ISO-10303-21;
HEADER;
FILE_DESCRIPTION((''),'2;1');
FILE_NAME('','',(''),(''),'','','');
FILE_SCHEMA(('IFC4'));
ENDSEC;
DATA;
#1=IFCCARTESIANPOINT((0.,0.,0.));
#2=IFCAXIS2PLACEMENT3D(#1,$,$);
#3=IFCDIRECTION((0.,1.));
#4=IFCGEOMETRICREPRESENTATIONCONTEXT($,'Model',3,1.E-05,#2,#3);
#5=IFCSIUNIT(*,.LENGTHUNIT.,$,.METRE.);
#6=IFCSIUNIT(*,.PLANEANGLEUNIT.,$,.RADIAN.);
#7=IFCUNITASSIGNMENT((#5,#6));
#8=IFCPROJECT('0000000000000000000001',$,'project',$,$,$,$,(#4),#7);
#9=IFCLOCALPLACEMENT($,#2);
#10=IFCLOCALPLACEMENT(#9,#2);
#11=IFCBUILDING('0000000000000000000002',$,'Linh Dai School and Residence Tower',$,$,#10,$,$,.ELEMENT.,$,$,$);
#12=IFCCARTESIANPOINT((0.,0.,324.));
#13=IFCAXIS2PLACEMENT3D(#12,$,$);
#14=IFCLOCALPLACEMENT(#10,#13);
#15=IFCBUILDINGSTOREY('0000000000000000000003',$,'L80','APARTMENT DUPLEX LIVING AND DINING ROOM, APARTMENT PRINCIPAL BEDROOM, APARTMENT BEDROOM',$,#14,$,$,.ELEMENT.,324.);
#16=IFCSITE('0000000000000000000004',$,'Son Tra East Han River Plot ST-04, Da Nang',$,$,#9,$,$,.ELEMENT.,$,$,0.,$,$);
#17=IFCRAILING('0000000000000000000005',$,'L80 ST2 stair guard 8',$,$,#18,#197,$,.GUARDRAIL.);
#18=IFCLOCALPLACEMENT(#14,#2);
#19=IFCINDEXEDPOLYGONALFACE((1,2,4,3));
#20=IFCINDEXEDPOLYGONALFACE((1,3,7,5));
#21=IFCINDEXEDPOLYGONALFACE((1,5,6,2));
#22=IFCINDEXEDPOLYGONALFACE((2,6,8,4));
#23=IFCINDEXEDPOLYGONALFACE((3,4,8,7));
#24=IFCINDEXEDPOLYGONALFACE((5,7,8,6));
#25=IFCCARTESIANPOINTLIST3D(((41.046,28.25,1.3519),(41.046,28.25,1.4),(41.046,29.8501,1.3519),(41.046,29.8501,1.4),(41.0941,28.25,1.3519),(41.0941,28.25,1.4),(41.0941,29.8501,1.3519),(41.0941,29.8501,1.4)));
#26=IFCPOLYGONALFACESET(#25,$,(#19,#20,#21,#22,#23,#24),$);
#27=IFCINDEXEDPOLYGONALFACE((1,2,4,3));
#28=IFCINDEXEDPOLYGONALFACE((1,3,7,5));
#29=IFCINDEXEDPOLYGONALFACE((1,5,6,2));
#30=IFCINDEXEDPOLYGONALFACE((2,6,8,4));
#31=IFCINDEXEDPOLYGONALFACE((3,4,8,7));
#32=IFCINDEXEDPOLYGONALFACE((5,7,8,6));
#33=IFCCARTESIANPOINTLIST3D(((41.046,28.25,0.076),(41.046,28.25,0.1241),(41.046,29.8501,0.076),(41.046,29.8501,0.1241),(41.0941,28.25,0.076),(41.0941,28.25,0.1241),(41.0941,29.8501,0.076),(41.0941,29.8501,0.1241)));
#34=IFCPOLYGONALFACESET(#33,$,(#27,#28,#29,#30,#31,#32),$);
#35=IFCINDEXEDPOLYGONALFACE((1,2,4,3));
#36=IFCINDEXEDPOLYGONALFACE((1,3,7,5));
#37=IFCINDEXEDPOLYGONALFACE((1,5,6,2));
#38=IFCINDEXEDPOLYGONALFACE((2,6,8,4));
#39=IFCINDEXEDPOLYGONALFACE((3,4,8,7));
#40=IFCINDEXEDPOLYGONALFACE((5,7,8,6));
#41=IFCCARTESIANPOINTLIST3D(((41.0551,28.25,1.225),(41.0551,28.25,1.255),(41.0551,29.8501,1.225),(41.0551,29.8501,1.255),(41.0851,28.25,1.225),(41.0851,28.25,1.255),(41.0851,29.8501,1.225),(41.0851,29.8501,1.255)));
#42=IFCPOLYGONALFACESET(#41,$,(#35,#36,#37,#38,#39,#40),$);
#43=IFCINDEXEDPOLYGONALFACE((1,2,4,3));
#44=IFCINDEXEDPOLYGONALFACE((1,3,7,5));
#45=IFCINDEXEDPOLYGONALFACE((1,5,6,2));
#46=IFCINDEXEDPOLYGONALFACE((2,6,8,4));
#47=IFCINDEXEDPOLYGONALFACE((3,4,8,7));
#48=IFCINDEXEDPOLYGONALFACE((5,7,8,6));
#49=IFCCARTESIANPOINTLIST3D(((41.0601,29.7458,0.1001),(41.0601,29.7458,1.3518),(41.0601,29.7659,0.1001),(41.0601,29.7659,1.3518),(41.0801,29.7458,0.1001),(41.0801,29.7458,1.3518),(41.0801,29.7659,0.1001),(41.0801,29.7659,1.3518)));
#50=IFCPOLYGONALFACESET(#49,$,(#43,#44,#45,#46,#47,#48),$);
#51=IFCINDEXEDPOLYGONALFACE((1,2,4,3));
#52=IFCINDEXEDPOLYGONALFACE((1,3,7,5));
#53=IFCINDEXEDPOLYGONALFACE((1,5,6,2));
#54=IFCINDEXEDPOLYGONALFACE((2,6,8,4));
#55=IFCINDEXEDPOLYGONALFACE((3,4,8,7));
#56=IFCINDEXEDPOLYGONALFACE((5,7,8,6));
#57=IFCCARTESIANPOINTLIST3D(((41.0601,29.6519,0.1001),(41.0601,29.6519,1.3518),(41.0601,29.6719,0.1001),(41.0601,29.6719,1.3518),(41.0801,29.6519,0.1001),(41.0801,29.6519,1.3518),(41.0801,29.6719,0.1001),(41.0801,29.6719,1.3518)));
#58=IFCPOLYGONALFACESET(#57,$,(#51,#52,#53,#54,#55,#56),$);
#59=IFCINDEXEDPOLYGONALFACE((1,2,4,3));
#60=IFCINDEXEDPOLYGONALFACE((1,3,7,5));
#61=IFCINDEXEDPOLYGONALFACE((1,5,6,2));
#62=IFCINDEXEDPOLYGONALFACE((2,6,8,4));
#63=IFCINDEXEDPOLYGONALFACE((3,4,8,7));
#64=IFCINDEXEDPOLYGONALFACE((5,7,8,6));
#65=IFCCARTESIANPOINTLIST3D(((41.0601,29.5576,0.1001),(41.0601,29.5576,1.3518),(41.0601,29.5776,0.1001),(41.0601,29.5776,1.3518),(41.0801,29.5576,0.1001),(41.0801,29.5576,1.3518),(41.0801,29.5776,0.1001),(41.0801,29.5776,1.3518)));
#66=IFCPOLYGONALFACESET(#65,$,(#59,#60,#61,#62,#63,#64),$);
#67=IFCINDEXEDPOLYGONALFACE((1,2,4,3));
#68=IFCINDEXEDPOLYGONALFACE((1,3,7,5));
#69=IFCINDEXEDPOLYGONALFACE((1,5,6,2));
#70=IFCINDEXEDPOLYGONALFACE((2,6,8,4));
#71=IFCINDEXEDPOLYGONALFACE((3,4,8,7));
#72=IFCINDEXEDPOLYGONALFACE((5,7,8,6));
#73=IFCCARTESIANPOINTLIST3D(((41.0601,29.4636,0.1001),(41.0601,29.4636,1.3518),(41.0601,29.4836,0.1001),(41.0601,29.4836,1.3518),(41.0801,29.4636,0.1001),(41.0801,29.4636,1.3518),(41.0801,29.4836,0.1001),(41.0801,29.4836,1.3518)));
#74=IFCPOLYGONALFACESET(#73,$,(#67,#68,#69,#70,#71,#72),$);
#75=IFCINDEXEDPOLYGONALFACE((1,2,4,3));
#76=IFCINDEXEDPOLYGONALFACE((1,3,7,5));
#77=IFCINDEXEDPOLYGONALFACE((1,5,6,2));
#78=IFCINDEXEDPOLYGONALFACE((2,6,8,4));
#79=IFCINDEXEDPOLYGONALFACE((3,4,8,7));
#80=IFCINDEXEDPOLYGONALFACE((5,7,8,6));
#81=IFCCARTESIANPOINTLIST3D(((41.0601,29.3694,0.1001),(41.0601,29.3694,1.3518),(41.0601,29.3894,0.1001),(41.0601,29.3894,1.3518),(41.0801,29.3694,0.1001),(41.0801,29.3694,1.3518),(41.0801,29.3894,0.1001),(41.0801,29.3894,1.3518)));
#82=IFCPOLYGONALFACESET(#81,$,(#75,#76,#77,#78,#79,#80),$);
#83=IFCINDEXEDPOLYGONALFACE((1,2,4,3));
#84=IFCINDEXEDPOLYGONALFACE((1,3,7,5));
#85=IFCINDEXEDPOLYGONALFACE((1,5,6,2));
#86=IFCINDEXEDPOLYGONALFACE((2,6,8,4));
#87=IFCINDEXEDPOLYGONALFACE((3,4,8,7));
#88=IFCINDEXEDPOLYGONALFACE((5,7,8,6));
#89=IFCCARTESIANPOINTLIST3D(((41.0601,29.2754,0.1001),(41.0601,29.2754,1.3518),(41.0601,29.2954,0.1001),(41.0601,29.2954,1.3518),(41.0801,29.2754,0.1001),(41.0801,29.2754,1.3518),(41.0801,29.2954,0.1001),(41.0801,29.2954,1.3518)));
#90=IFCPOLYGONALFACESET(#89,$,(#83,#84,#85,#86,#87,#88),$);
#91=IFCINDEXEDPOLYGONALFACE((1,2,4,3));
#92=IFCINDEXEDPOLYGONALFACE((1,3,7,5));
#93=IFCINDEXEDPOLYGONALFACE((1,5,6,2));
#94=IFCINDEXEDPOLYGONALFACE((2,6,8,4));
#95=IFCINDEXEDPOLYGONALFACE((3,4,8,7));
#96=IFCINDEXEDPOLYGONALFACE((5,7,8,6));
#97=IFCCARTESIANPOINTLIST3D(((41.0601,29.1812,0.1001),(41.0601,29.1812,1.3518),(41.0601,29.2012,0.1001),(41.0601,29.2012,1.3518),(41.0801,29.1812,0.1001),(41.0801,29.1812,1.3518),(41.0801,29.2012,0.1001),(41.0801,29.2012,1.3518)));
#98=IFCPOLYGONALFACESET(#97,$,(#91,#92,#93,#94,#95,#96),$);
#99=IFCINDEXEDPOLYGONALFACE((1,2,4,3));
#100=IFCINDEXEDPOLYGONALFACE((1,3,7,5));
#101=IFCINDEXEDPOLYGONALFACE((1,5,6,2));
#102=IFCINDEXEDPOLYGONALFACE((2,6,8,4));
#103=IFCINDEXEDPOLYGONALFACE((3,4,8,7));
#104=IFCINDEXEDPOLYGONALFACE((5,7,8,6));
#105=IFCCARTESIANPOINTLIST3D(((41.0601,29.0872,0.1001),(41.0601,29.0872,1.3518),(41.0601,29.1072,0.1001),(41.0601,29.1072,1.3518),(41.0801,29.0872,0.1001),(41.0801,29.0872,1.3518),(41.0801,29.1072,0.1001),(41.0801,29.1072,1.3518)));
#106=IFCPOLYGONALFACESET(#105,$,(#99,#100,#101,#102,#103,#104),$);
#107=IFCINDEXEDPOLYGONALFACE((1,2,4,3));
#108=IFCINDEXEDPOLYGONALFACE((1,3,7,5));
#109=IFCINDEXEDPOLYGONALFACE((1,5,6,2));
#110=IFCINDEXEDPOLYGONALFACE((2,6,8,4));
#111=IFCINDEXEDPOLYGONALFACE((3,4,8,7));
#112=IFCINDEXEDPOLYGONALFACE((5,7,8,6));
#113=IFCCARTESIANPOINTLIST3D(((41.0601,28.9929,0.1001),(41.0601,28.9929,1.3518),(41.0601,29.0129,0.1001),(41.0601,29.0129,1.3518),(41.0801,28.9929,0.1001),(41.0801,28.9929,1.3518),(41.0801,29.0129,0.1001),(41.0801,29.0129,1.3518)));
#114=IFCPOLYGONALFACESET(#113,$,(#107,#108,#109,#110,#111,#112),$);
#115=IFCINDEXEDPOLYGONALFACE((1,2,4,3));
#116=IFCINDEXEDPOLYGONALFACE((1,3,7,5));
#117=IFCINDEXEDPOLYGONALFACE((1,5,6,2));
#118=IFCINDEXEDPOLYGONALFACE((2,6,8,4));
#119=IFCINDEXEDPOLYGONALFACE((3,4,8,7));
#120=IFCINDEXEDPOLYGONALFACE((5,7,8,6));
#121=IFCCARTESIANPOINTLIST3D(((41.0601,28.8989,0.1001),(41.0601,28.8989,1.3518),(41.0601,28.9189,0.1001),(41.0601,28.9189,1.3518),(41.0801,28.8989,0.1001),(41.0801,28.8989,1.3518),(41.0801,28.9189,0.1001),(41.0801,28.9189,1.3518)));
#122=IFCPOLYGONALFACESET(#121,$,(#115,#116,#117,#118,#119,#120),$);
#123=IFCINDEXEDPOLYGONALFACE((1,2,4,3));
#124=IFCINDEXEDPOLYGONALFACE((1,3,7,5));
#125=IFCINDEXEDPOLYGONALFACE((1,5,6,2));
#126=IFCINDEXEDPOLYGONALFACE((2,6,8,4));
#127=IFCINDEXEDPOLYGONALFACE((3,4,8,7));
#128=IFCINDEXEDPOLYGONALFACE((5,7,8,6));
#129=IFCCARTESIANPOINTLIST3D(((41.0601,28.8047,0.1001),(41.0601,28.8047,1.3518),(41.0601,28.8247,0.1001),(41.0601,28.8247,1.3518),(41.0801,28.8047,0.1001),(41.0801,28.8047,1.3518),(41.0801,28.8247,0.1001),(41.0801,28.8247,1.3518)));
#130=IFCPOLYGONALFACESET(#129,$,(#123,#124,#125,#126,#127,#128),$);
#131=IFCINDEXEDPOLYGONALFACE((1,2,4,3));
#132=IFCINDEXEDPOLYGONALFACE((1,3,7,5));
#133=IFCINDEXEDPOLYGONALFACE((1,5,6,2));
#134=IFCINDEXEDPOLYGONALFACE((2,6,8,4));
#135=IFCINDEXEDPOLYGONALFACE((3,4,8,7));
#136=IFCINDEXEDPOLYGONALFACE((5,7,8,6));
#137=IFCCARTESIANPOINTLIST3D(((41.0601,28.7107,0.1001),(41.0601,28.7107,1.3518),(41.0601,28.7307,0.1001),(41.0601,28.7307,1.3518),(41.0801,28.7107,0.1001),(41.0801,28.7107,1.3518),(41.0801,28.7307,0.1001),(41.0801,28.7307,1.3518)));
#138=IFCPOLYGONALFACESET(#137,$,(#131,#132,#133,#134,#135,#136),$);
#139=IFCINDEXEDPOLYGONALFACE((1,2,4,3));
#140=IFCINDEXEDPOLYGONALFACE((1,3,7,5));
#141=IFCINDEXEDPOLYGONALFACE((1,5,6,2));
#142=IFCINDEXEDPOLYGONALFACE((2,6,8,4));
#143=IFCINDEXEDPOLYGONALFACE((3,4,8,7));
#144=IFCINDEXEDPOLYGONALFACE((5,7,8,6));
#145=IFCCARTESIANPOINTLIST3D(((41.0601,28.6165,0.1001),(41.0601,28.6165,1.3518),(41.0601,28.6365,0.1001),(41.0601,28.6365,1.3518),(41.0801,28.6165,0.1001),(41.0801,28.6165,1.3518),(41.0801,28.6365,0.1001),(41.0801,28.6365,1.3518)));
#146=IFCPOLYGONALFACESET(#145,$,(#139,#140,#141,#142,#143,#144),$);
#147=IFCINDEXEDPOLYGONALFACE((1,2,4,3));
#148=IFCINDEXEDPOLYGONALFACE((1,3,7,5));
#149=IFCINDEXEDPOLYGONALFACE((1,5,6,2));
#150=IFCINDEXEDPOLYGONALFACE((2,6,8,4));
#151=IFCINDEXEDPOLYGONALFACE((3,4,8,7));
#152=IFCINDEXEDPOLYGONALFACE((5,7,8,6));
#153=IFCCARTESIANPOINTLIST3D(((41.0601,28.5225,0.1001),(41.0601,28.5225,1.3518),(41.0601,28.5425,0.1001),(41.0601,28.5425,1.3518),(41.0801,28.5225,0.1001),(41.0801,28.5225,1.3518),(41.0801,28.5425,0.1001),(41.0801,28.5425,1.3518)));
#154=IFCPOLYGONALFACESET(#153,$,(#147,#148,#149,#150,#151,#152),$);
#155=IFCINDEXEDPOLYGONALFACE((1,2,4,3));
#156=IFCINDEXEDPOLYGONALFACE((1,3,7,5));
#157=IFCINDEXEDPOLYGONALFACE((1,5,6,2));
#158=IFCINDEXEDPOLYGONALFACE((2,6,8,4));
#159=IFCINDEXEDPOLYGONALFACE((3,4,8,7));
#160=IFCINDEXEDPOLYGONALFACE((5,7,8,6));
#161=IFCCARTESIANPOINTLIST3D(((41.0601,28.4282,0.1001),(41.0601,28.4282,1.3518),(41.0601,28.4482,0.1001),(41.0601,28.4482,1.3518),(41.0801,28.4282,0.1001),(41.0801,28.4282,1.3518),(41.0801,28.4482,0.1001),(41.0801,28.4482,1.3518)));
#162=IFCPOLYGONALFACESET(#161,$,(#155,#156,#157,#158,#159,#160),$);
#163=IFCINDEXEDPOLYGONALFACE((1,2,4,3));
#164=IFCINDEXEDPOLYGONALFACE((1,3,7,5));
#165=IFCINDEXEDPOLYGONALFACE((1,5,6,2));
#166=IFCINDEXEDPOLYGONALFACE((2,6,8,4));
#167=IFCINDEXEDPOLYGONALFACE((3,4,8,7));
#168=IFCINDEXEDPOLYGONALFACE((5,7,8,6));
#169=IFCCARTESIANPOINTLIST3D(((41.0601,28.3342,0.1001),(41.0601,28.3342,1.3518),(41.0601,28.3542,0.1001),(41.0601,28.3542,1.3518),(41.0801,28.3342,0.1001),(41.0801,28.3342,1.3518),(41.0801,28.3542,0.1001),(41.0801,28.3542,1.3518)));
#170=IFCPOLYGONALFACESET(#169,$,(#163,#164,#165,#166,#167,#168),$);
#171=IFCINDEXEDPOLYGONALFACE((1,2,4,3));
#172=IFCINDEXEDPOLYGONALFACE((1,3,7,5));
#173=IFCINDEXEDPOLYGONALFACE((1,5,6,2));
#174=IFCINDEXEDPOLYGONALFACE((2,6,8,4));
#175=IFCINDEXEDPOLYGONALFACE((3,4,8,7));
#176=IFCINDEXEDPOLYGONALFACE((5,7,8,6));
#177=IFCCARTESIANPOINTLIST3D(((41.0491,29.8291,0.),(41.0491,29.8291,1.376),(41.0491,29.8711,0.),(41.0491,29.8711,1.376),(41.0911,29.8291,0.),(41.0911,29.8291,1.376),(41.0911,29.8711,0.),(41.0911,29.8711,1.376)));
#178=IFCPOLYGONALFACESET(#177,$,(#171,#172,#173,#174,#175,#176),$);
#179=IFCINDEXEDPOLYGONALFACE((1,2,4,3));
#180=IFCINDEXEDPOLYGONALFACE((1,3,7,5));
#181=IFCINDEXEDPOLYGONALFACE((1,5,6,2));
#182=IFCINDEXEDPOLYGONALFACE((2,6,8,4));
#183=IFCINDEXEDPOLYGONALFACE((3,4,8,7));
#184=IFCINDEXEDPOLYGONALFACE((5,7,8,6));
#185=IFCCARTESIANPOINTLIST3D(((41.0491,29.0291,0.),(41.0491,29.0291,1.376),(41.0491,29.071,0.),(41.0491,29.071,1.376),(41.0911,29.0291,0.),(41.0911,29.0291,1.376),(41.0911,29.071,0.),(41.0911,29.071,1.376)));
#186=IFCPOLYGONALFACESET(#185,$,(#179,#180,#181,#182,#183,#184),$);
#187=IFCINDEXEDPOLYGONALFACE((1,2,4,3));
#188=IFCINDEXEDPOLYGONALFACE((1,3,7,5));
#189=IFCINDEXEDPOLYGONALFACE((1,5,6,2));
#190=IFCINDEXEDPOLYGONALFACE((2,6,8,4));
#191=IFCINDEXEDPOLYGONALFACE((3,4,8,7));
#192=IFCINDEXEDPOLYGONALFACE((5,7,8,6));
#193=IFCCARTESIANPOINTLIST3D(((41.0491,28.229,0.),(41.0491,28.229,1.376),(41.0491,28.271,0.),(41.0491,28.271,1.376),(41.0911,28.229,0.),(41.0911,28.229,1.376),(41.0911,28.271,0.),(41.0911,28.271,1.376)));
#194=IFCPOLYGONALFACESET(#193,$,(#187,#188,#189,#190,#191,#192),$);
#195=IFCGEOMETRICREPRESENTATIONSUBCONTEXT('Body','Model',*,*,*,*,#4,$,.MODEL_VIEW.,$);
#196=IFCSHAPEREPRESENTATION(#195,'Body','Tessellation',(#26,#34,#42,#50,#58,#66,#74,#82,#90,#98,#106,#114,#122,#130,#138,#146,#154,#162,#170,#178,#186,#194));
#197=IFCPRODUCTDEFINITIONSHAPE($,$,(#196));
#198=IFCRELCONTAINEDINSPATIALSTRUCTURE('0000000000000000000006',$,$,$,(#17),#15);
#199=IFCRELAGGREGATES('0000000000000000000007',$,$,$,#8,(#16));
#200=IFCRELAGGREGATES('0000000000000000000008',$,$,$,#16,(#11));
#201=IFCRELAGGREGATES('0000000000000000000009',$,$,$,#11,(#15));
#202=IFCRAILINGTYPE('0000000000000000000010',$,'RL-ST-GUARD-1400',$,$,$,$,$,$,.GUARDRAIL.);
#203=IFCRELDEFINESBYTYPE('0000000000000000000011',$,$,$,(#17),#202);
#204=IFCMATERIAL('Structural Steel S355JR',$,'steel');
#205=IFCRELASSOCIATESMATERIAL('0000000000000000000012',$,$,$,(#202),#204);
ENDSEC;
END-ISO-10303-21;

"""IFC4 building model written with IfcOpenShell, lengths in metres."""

from ifc_helpers import new_model, si_unit, direction, frame, origin, origin_2d, place, context, subcontext, project, spatial, rectangle, extrude, source, transform, mapped, material, type_object, element, save


model = new_model("IFC4")

# Units and contexts
model_context = context("Model", 3, precision=1e-05, world=origin(), true_north=direction((0.0, 1.0)))
body_context = subcontext(model_context, "Body", "Model", "MODEL_VIEW")
ifc_project = project(units=[si_unit("LENGTHUNIT", "METRE"), si_unit("PLANEANGLEUNIT", "RADIAN")], contexts=[model_context])

# Site, building, storey
site_placement = place(None, origin())
site = spatial("IfcSite", under=ifc_project, at=site_placement, Name="Son Tra East Han River Plot ST-04, Da Nang", CompositionType="ELEMENT", RefElevation=0.0)
building_placement = place(site_placement, origin())
building = spatial("IfcBuilding", under=site, at=building_placement, Name="Linh Dai School and Residence Tower", CompositionType="ELEMENT")
storey_placement = place(building_placement, frame((0.0, 0.0, 324.0)))
storey = spatial("IfcBuildingStorey", under=building, at=storey_placement, Name="L80", Description="APARTMENT DUPLEX LIVING AND DINING ROOM, APARTMENT PRINCIPAL BEDROOM, APARTMENT BEDROOM", CompositionType="ELEMENT", Elevation=324.0)

# Shared definitions
ifc_material_1 = material(Name="Structural Steel S355JR", Category="steel")

# Railing
railing_type_1 = type_object("IfcRailingType", Name="RL-ST-GUARD-1400", PredefinedType="GUARDRAIL", material=ifc_material_1)
shared_shape_1 = source(origin(), body_context, "Body", "SweptSolid", [
    extrude(rectangle(XDim=0.0481, YDim=0.0481, at=origin_2d()), frame((0.0, 0.0, 1.376), z_axis=(0.0, -1.0, 0.0), x_axis=(1.0, 0.0, 0.0)), (0.0, 0.0, 1.0), 1.6001),
    extrude(rectangle(XDim=0.0481, YDim=0.0481, at=origin_2d()), frame((0.0, 0.0, 0.1001), z_axis=(0.0, -1.0, 0.0), x_axis=(1.0, 0.0, 0.0)), (0.0, 0.0, 1.0), 1.6001),
    extrude(rectangle(XDim=0.03, YDim=0.03, at=origin_2d()), frame((0.0, 0.0, 1.24), z_axis=(0.0, -1.0, 0.0), x_axis=(1.0, 0.0, 0.0)), (0.0, 0.0, 1.0), 1.6001),
    extrude(rectangle(XDim=0.02, YDim=0.02, at=origin_2d()), frame((0.0, -0.0942, 0.1001)), (0.0, 0.0, 1.0), 1.2517),
    extrude(rectangle(XDim=0.02, YDim=0.02, at=origin_2d()), frame((0.0, -0.1882, 0.1001)), (0.0, 0.0, 1.0), 1.2517),
    extrude(rectangle(XDim=0.02, YDim=0.02, at=origin_2d()), frame((0.0, -0.2825, 0.1001)), (0.0, 0.0, 1.0), 1.2517),
    extrude(rectangle(XDim=0.02, YDim=0.02, at=origin_2d()), frame((0.0, -0.3765, 0.1001)), (0.0, 0.0, 1.0), 1.2517),
    extrude(rectangle(XDim=0.02, YDim=0.02, at=origin_2d()), frame((0.0, -0.4707, 0.1001)), (0.0, 0.0, 1.0), 1.2517),
    extrude(rectangle(XDim=0.02, YDim=0.02, at=origin_2d()), frame((0.0, -0.5647, 0.1001)), (0.0, 0.0, 1.0), 1.2517),
    extrude(rectangle(XDim=0.02, YDim=0.02, at=origin_2d()), frame((0.0, -0.6589, 0.1001)), (0.0, 0.0, 1.0), 1.2517),
    extrude(rectangle(XDim=0.02, YDim=0.02, at=origin_2d()), frame((0.0, -0.7529, 0.1001)), (0.0, 0.0, 1.0), 1.2517),
    extrude(rectangle(XDim=0.02, YDim=0.02, at=origin_2d()), frame((0.0, -0.8472, 0.1001)), (0.0, 0.0, 1.0), 1.2517),
    extrude(rectangle(XDim=0.02, YDim=0.02, at=origin_2d()), frame((0.0, -0.9412, 0.1001)), (0.0, 0.0, 1.0), 1.2517),
    extrude(rectangle(XDim=0.02, YDim=0.02, at=origin_2d()), frame((0.0, -1.0354, 0.1001)), (0.0, 0.0, 1.0), 1.2517),
    extrude(rectangle(XDim=0.02, YDim=0.02, at=origin_2d()), frame((0.0, -1.1294, 0.1001)), (0.0, 0.0, 1.0), 1.2517),
    extrude(rectangle(XDim=0.02, YDim=0.02, at=origin_2d()), frame((0.0, -1.2236, 0.1001)), (0.0, 0.0, 1.0), 1.2517),
    extrude(rectangle(XDim=0.02, YDim=0.02, at=origin_2d()), frame((0.0, -1.3176, 0.1001)), (0.0, 0.0, 1.0), 1.2517),
    extrude(rectangle(XDim=0.02, YDim=0.02, at=origin_2d()), frame((0.0, -1.4119, 0.1001)), (0.0, 0.0, 1.0), 1.2517),
    extrude(rectangle(XDim=0.02, YDim=0.02, at=origin_2d()), frame((0.0, -1.5059, 0.1001)), (0.0, 0.0, 1.0), 1.2517),
    extrude(rectangle(XDim=0.042, YDim=0.042, at=origin_2d()), origin(), (0.0, 0.0, 1.0), 1.376),
    extrude(rectangle(XDim=0.042, YDim=0.042, at=origin_2d()), frame((0.0, -0.8, 0.0)), (0.0, 0.0, 1.0), 1.376),
    extrude(rectangle(XDim=0.042, YDim=0.042, at=origin_2d()), frame((0.0, -1.6001, 0.0)), (0.0, 0.0, 1.0), 1.376),
])
for number, where, name in (
    (1, (41.0701, 29.8501, 0.0), "L80 ST2 stair guard 8"),
):
    element("IfcRailing", number, at=place(storey_placement, frame(where)), inside=storey, type_object=railing_type_1, Name=name, PredefinedType="GUARDRAIL", context=body_context, shape_type="MappedRepresentation", body=[
        mapped(shared_shape_1, transform((0.0, 0.0, 0.0), x_axis=(1.0, 0.0, 0.0), y_axis=(0.0, 1.0, 0.0), z_axis=(0.0, 0.0, 1.0), scale=1.0)),
    ])

save(model, "model.ifc")
